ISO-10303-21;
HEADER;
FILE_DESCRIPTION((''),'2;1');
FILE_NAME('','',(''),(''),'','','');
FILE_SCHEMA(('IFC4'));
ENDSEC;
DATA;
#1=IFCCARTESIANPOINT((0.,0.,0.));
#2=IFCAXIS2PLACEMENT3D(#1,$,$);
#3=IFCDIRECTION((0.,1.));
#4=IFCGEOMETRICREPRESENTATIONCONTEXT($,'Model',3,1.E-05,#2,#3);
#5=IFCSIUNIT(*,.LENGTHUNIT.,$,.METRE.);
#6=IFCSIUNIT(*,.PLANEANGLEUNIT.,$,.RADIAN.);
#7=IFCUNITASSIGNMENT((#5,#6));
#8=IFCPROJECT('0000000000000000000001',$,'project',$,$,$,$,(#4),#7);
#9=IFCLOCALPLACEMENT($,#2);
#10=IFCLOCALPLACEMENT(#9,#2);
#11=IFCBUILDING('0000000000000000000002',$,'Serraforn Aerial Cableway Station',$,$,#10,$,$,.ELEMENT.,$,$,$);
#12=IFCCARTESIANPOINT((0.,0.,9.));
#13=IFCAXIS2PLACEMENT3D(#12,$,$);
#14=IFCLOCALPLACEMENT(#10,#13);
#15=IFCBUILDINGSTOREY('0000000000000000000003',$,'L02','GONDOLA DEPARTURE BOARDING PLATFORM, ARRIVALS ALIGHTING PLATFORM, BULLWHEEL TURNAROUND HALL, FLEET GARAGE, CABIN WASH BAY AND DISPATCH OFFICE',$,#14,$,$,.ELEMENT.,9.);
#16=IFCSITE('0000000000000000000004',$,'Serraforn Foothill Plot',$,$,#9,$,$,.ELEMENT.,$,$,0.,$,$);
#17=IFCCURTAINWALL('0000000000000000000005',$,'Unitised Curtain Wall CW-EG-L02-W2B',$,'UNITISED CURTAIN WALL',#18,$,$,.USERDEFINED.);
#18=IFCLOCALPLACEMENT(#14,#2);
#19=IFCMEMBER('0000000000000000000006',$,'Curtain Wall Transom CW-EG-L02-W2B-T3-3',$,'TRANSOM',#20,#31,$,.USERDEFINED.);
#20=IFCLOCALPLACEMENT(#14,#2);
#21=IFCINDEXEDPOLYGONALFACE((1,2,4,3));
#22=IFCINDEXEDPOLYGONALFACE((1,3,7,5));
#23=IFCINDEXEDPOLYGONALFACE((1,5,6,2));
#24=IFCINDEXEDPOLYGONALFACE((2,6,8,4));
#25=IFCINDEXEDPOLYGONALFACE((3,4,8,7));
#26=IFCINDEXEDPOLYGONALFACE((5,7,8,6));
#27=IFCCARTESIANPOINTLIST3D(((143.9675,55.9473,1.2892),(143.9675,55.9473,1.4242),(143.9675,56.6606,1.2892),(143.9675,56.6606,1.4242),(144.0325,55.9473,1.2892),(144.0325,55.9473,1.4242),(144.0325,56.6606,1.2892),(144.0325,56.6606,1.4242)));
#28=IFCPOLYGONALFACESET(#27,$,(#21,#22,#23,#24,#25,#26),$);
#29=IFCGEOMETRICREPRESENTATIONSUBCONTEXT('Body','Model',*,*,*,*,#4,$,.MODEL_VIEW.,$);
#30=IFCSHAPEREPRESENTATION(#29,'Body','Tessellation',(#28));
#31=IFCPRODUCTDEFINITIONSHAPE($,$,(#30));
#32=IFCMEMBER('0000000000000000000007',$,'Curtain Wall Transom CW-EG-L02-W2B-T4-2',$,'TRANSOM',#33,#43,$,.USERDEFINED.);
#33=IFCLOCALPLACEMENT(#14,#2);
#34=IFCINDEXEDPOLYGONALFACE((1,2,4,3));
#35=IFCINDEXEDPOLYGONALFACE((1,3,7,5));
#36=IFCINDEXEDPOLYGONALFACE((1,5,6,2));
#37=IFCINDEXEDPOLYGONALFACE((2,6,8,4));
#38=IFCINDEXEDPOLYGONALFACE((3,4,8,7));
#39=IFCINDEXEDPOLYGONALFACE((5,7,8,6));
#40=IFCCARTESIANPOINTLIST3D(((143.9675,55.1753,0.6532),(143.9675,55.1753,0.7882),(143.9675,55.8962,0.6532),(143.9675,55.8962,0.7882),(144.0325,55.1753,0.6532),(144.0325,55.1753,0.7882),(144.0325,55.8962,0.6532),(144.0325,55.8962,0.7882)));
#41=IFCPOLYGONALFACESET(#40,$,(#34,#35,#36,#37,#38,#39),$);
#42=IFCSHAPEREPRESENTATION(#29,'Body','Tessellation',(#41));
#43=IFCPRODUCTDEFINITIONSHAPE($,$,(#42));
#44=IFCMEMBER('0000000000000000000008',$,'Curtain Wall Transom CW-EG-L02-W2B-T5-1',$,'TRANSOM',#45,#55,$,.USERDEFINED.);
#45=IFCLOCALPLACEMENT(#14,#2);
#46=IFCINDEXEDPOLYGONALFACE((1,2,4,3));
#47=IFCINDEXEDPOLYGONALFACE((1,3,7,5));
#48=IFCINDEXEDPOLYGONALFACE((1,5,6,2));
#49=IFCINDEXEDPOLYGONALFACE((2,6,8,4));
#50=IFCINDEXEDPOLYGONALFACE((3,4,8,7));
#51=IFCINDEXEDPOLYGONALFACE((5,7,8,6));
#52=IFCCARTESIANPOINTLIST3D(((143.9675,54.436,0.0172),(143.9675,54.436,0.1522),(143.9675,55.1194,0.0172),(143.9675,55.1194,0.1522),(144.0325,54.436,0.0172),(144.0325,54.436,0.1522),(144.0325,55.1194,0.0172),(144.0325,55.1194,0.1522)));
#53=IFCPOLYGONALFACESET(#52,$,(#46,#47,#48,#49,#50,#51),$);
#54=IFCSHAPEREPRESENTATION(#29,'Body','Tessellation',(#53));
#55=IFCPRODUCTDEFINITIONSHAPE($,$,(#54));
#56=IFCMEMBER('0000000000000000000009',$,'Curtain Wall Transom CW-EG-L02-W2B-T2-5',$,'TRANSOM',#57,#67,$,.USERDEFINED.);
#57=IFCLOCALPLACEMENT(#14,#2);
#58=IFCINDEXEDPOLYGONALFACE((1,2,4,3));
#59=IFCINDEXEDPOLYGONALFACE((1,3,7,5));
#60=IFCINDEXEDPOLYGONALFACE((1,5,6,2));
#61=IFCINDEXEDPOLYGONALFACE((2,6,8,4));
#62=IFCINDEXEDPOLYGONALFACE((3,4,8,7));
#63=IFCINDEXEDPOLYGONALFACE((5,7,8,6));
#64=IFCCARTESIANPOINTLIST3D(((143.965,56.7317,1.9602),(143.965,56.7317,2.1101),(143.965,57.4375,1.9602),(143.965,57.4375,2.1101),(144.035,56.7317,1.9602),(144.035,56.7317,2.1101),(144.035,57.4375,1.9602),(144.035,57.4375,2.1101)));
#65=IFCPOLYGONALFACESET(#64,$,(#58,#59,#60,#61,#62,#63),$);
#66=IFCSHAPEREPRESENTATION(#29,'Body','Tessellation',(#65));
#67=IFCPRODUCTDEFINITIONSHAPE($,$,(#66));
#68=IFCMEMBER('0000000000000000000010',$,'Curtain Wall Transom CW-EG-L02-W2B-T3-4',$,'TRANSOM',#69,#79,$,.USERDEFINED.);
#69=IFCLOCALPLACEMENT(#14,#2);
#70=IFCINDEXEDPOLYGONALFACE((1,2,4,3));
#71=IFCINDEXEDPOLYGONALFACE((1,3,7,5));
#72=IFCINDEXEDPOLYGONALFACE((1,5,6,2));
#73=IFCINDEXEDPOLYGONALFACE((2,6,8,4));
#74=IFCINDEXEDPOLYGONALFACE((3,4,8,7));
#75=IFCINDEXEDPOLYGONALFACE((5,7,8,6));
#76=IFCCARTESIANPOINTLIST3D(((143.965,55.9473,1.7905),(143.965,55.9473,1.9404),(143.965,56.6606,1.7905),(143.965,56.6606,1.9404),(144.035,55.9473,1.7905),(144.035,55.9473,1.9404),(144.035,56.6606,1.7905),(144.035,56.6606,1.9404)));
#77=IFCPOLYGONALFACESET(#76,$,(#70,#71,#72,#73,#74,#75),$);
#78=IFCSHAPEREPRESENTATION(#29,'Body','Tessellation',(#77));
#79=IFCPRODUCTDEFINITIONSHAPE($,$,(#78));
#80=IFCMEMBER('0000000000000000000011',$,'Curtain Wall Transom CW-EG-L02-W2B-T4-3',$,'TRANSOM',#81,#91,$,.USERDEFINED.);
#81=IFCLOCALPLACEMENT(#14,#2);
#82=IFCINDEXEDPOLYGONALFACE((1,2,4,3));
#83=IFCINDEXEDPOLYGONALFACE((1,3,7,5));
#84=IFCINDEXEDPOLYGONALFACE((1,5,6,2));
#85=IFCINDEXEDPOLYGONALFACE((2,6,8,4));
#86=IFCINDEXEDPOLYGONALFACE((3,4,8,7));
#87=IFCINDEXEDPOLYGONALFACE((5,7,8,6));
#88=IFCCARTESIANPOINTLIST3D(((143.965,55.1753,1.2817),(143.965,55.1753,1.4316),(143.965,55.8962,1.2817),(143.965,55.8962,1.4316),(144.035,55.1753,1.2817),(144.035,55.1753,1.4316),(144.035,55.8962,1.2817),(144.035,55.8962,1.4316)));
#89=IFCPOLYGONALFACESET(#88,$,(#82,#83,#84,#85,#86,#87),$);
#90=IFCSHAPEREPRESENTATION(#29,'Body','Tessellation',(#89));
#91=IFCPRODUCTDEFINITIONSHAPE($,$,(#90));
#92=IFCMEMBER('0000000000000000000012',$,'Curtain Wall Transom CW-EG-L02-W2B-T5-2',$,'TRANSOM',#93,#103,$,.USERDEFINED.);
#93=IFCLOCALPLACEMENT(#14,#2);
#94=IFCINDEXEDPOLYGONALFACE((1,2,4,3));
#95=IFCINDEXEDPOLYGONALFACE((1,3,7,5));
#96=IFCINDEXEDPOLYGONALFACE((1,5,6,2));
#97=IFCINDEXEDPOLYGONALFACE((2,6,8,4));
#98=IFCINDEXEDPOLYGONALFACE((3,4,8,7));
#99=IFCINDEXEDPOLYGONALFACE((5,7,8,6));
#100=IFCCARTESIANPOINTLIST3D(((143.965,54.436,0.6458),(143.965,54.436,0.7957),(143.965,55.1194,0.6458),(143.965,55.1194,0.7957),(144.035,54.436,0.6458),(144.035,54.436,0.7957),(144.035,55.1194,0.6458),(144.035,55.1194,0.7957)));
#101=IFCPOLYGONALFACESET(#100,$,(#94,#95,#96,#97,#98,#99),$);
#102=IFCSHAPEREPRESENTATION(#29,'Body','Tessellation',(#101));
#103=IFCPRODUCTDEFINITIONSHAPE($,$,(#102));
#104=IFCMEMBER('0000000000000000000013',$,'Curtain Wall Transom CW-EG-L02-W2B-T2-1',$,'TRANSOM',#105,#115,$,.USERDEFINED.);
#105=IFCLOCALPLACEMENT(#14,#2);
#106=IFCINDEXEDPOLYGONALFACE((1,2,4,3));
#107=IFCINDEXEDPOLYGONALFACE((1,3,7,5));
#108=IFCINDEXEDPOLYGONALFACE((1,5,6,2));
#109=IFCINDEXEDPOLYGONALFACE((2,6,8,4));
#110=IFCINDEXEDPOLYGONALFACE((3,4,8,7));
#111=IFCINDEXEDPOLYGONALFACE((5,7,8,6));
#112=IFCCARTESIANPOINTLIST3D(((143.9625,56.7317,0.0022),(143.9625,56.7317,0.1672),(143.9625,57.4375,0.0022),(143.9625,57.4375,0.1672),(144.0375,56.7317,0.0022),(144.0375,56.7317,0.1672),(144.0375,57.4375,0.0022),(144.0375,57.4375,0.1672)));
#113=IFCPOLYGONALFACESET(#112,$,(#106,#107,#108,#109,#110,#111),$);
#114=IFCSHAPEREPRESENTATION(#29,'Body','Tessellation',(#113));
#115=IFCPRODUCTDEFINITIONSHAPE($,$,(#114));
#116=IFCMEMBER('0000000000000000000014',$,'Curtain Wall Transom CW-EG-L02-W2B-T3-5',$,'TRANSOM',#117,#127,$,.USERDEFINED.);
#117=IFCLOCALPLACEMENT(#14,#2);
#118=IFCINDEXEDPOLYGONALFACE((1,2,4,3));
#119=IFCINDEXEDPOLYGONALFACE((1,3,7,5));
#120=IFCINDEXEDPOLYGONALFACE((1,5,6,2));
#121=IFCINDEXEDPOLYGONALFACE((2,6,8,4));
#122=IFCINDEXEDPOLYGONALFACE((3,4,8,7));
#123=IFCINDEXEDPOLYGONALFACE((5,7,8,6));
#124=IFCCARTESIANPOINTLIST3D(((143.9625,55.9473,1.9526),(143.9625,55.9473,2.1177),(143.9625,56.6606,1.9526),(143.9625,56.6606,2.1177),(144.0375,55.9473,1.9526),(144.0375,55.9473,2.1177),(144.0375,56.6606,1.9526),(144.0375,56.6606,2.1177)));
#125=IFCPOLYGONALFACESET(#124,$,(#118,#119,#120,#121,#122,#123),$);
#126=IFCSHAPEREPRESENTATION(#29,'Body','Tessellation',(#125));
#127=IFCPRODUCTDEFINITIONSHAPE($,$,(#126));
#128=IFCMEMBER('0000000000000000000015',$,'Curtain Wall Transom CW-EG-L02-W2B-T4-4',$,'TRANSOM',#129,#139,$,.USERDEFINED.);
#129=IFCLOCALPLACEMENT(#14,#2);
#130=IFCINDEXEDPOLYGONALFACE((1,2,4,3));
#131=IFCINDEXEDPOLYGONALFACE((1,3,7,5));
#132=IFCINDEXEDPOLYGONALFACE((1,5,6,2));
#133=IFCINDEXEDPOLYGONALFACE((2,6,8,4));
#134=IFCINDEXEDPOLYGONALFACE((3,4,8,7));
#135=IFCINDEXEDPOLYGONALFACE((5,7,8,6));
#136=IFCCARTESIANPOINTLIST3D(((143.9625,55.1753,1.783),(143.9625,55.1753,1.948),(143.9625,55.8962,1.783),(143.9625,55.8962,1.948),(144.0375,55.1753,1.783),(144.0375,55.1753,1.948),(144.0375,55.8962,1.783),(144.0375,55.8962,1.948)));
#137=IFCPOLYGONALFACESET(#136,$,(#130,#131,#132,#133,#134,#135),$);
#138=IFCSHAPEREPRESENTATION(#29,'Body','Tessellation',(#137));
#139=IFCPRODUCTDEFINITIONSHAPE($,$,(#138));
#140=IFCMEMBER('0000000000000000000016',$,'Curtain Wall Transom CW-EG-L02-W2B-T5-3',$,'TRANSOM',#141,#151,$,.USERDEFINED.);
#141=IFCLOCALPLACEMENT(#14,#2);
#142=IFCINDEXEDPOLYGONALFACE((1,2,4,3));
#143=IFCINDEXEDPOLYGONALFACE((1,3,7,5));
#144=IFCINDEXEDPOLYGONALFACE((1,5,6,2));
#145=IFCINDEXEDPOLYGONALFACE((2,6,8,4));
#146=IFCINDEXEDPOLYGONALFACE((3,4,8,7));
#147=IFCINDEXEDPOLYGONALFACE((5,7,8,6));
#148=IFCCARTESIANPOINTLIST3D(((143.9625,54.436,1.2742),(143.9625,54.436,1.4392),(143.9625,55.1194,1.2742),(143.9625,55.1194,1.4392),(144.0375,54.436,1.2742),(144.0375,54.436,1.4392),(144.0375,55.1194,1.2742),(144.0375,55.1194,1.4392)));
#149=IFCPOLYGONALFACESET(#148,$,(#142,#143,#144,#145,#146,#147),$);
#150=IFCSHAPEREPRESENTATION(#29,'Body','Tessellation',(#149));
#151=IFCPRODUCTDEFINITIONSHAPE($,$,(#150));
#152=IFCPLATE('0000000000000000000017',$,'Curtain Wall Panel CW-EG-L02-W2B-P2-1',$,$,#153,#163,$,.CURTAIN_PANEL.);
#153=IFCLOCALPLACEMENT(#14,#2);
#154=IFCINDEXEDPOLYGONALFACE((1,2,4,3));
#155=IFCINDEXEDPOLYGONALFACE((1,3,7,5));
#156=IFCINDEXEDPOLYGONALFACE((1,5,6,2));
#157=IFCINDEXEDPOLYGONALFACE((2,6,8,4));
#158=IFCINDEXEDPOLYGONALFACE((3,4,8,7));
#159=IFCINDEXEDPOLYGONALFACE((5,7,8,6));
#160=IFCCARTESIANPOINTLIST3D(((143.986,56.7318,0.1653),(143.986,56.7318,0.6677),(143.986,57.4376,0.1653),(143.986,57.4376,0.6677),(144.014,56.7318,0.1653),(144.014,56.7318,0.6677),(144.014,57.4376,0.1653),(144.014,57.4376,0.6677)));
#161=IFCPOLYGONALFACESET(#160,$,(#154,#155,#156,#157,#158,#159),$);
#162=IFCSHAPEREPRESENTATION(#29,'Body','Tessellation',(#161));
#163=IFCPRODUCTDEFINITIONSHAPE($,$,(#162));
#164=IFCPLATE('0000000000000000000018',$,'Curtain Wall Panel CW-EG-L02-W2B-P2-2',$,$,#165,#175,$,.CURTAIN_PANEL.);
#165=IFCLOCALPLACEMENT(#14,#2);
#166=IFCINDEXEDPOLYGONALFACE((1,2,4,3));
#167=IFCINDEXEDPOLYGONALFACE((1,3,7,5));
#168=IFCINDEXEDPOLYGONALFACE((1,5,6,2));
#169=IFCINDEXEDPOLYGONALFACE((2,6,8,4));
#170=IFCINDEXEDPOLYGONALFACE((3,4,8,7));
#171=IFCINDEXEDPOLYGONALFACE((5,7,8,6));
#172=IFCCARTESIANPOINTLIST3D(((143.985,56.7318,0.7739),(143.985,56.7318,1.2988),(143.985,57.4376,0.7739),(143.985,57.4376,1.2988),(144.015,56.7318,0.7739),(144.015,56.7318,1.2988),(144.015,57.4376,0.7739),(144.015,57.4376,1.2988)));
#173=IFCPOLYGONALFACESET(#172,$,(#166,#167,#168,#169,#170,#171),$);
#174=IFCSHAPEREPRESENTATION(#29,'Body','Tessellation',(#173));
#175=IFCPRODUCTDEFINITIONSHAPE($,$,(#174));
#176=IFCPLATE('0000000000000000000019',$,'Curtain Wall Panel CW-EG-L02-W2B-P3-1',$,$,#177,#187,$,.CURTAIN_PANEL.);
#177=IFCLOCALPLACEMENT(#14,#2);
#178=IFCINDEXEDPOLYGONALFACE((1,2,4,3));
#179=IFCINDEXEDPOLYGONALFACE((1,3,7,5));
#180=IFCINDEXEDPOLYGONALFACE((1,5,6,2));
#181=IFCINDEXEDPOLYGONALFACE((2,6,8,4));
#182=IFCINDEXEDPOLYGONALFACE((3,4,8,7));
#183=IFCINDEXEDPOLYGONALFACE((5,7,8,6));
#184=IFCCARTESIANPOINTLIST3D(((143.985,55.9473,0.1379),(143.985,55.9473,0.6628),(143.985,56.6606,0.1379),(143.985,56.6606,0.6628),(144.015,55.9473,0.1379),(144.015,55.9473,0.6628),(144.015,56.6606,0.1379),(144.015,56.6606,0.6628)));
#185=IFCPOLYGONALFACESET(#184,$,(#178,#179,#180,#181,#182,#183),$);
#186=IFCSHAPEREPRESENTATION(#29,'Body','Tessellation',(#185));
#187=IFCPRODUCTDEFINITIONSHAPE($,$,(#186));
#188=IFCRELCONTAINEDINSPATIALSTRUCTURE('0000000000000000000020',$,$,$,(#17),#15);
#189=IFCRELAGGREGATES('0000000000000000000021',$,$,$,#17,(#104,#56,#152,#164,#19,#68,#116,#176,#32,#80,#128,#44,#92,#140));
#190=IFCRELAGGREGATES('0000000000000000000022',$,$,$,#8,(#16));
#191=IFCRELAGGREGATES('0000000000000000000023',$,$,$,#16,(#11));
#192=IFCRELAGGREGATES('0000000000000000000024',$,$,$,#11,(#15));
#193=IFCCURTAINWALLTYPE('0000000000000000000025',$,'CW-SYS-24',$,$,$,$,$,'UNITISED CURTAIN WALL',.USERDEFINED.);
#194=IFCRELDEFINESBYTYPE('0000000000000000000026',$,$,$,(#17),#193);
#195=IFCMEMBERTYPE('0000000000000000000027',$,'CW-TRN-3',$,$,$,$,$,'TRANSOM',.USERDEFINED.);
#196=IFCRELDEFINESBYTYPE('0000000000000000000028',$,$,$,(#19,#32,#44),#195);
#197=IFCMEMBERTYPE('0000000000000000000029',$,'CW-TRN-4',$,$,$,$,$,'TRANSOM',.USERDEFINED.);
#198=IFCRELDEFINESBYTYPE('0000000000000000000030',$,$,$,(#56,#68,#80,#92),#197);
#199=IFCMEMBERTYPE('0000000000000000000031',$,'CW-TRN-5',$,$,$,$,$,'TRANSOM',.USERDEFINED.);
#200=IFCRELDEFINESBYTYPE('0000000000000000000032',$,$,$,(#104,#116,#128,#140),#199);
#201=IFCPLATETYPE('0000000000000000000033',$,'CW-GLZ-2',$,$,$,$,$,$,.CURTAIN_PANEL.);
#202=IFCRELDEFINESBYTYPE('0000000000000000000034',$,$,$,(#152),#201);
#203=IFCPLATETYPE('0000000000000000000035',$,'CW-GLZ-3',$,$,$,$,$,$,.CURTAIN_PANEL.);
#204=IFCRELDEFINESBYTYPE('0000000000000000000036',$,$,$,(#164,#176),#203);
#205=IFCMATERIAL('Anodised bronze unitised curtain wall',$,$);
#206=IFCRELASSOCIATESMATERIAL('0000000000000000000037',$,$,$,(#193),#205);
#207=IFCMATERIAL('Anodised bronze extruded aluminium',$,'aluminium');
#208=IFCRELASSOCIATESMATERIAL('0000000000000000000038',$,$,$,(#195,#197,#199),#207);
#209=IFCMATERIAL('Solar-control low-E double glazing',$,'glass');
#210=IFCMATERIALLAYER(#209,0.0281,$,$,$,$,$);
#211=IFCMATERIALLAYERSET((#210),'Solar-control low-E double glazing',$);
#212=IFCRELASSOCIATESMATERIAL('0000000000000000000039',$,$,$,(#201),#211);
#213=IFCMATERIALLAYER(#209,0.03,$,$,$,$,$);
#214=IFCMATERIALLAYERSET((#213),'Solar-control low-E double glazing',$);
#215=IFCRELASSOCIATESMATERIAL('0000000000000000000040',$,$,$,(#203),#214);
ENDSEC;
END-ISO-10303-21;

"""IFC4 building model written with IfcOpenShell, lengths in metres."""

from ifc_helpers import new_model, si_unit, direction, frame, origin, origin_2d, place, context, subcontext, project, spatial, rectangle, extrude, material, layer, layer_set, material_profile, profile_set, type_object, element, aggregate, save


model = new_model("IFC4")

# Units and contexts
model_context = context("Model", 3, precision=1e-05, world=origin(), true_north=direction((0.0, 1.0)))
body_context = subcontext(model_context, "Body", "Model", "MODEL_VIEW")
ifc_project = project(units=[si_unit("LENGTHUNIT", "METRE"), si_unit("PLANEANGLEUNIT", "RADIAN")], contexts=[model_context])

# Site, building, storey
site_placement = place(None, origin())
site = spatial("IfcSite", under=ifc_project, at=site_placement, Name="Serraforn Foothill Plot", CompositionType="ELEMENT", RefElevation=0.0)
building_placement = place(site_placement, origin())
building = spatial("IfcBuilding", under=site, at=building_placement, Name="Serraforn Aerial Cableway Station", CompositionType="ELEMENT")
storey_placement = place(building_placement, frame((0.0, 0.0, 9.0)))
storey = spatial("IfcBuildingStorey", under=building, at=storey_placement, Name="L02", Description="GONDOLA DEPARTURE BOARDING PLATFORM, ARRIVALS ALIGHTING PLATFORM, BULLWHEEL TURNAROUND HALL, FLEET GARAGE, CABIN WASH BAY AND DISPATCH OFFICE", CompositionType="ELEMENT", Elevation=9.0)

# Curtain wall, members, plates
ifc_material_1 = material(Name="Anodised bronze unitised curtain wall")
curtain_wall_type = type_object("IfcCurtainWallType", Name="CW-SYS-24", ElementType="UNITISED CURTAIN WALL", PredefinedType="USERDEFINED", material=ifc_material_1)
curtain_wall_placement = place(storey_placement, origin())
curtain_wall = element("IfcCurtainWall", 1, at=curtain_wall_placement, inside=storey, type_object=curtain_wall_type, Name="Unitised Curtain Wall CW-EG-L02-W2B", ObjectType="UNITISED CURTAIN WALL", PredefinedType="USERDEFINED")
ifc_material_2 = material(Name="Anodised bronze extruded aluminium", Category="aluminium")
ifc_material_profile_1 = material_profile(ifc_material_2, rectangle(XDim=0.0649, YDim=0.135, at=origin_2d()), Name="CW TRANSOM 65x135")
ifc_profile_set_1 = profile_set([ifc_material_profile_1], Name="Anodised bronze extruded aluminium")
member_type_1 = type_object("IfcMemberType", Name="CW-TRN-3", ElementType="TRANSOM", PredefinedType="USERDEFINED", material=ifc_profile_set_1)
member_1_placement = place(storey_placement, frame((144.0, 56.6606, 1.3567), z_axis=(0.0, -1.0, 0.0), x_axis=(1.0, 0.0, 0.0)))
member_1 = element("IfcMember", 2, at=member_1_placement, type_object=member_type_1, Name="Curtain Wall Transom CW-EG-L02-W2B-T3-3", ObjectType="TRANSOM", PredefinedType="USERDEFINED", context=body_context, shape_type="SweptSolid", body=[
    extrude(rectangle(XDim=0.0649, YDim=0.135, at=origin_2d()), origin(), (0.0, 0.0, 1.0), 0.7134),
])
member_2_placement = place(storey_placement, frame((144.0, 55.8962, 0.7207), z_axis=(0.0, -1.0, 0.0), x_axis=(1.0, 0.0, 0.0)))
member_2 = element("IfcMember", 3, at=member_2_placement, type_object=member_type_1, Name="Curtain Wall Transom CW-EG-L02-W2B-T4-2", ObjectType="TRANSOM", PredefinedType="USERDEFINED", context=body_context, shape_type="SweptSolid", body=[
    extrude(rectangle(XDim=0.0649, YDim=0.135, at=origin_2d()), origin(), (0.0, 0.0, 1.0), 0.7209),
])
member_3_placement = place(storey_placement, frame((144.0, 55.1194, 0.0847), z_axis=(0.0, -1.0, 0.0), x_axis=(1.0, 0.0, 0.0)))
member_3 = element("IfcMember", 4, at=member_3_placement, type_object=member_type_1, Name="Curtain Wall Transom CW-EG-L02-W2B-T5-1", ObjectType="TRANSOM", PredefinedType="USERDEFINED", context=body_context, shape_type="SweptSolid", body=[
    extrude(rectangle(XDim=0.0649, YDim=0.135, at=origin_2d()), origin(), (0.0, 0.0, 1.0), 0.6833),
])
ifc_material_profile_2 = material_profile(ifc_material_2, rectangle(XDim=0.0701, YDim=0.1499, at=origin_2d()), Name="CW TRANSOM 70x150")
ifc_profile_set_2 = profile_set([ifc_material_profile_2], Name="Anodised bronze extruded aluminium")
member_type_2 = type_object("IfcMemberType", Name="CW-TRN-4", ElementType="TRANSOM", PredefinedType="USERDEFINED", material=ifc_profile_set_2)
member_4_placement = place(storey_placement, frame((144.0, 57.4375, 2.0352), z_axis=(0.0, -1.0, 0.0), x_axis=(1.0, 0.0, 0.0)))
member_4 = element("IfcMember", 5, at=member_4_placement, type_object=member_type_2, Name="Curtain Wall Transom CW-EG-L02-W2B-T2-5", ObjectType="TRANSOM", PredefinedType="USERDEFINED", context=body_context, shape_type="SweptSolid", body=[
    extrude(rectangle(XDim=0.0701, YDim=0.1499, at=origin_2d()), origin(), (0.0, 0.0, 1.0), 0.7058),
])
member_5_placement = place(storey_placement, frame((144.0, 56.6606, 1.8655), z_axis=(0.0, -1.0, 0.0), x_axis=(1.0, 0.0, 0.0)))
member_5 = element("IfcMember", 6, at=member_5_placement, type_object=member_type_2, Name="Curtain Wall Transom CW-EG-L02-W2B-T3-4", ObjectType="TRANSOM", PredefinedType="USERDEFINED", context=body_context, shape_type="SweptSolid", body=[
    extrude(rectangle(XDim=0.0701, YDim=0.1499, at=origin_2d()), origin(), (0.0, 0.0, 1.0), 0.7134),
])
member_6_placement = place(storey_placement, frame((144.0, 55.8962, 1.3567), z_axis=(0.0, -1.0, 0.0), x_axis=(1.0, 0.0, 0.0)))
member_6 = element("IfcMember", 7, at=member_6_placement, type_object=member_type_2, Name="Curtain Wall Transom CW-EG-L02-W2B-T4-3", ObjectType="TRANSOM", PredefinedType="USERDEFINED", context=body_context, shape_type="SweptSolid", body=[
    extrude(rectangle(XDim=0.0701, YDim=0.1499, at=origin_2d()), origin(), (0.0, 0.0, 1.0), 0.7209),
])
member_7_placement = place(storey_placement, frame((144.0, 55.1194, 0.7207), z_axis=(0.0, -1.0, 0.0), x_axis=(1.0, 0.0, 0.0)))
member_7 = element("IfcMember", 8, at=member_7_placement, type_object=member_type_2, Name="Curtain Wall Transom CW-EG-L02-W2B-T5-2", ObjectType="TRANSOM", PredefinedType="USERDEFINED", context=body_context, shape_type="SweptSolid", body=[
    extrude(rectangle(XDim=0.0701, YDim=0.1499, at=origin_2d()), origin(), (0.0, 0.0, 1.0), 0.6833),
])
ifc_material_profile_3 = material_profile(ifc_material_2, rectangle(XDim=0.075, YDim=0.165, at=origin_2d()), Name="CW TRANSOM 75x165")
ifc_profile_set_3 = profile_set([ifc_material_profile_3], Name="Anodised bronze extruded aluminium")
member_type_3 = type_object("IfcMemberType", Name="CW-TRN-5", ElementType="TRANSOM", PredefinedType="USERDEFINED", material=ifc_profile_set_3)
member_8_placement = place(storey_placement, frame((144.0, 57.4375, 0.0847), z_axis=(0.0, -1.0, 0.0), x_axis=(1.0, 0.0, 0.0)))
member_8 = element("IfcMember", 9, at=member_8_placement, type_object=member_type_3, Name="Curtain Wall Transom CW-EG-L02-W2B-T2-1", ObjectType="TRANSOM", PredefinedType="USERDEFINED", context=body_context, shape_type="SweptSolid", body=[
    extrude(rectangle(XDim=0.075, YDim=0.165, at=origin_2d()), origin(), (0.0, 0.0, 1.0), 0.7058),
])
member_9_placement = place(storey_placement, frame((144.0, 56.6606, 2.0352), z_axis=(0.0, -1.0, 0.0), x_axis=(1.0, 0.0, 0.0)))
member_9 = element("IfcMember", 10, at=member_9_placement, type_object=member_type_3, Name="Curtain Wall Transom CW-EG-L02-W2B-T3-5", ObjectType="TRANSOM", PredefinedType="USERDEFINED", context=body_context, shape_type="SweptSolid", body=[
    extrude(rectangle(XDim=0.075, YDim=0.165, at=origin_2d()), origin(), (0.0, 0.0, 1.0), 0.7134),
])
member_10_placement = place(storey_placement, frame((144.0, 55.8962, 1.8655), z_axis=(0.0, -1.0, 0.0), x_axis=(1.0, 0.0, 0.0)))
member_10 = element("IfcMember", 11, at=member_10_placement, type_object=member_type_3, Name="Curtain Wall Transom CW-EG-L02-W2B-T4-4", ObjectType="TRANSOM", PredefinedType="USERDEFINED", context=body_context, shape_type="SweptSolid", body=[
    extrude(rectangle(XDim=0.075, YDim=0.165, at=origin_2d()), origin(), (0.0, 0.0, 1.0), 0.7209),
])
member_11_placement = place(storey_placement, frame((144.0, 55.1194, 1.3567), z_axis=(0.0, -1.0, 0.0), x_axis=(1.0, 0.0, 0.0)))
member_11 = element("IfcMember", 12, at=member_11_placement, type_object=member_type_3, Name="Curtain Wall Transom CW-EG-L02-W2B-T5-3", ObjectType="TRANSOM", PredefinedType="USERDEFINED", context=body_context, shape_type="SweptSolid", body=[
    extrude(rectangle(XDim=0.075, YDim=0.165, at=origin_2d()), origin(), (0.0, 0.0, 1.0), 0.6833),
])
ifc_material_3 = material(Name="Solar-control low-E double glazing", Category="glass")
ifc_layer_1 = layer(ifc_material_3, 0.0281)
ifc_layer_set_1 = layer_set([ifc_layer_1], Name="Solar-control low-E double glazing")
plate_type_1 = type_object("IfcPlateType", Name="CW-GLZ-2", PredefinedType="CURTAIN_PANEL", material=ifc_layer_set_1)
plate_1_placement = place(storey_placement, frame((144.0, 57.0847, 0.1653), z_axis=(0.0, 0.0, 1.0), x_axis=(1.0, 0.0, 0.0)))
plate_1 = element("IfcPlate", 13, at=plate_1_placement, type_object=plate_type_1, Name="Curtain Wall Panel CW-EG-L02-W2B-P2-1", PredefinedType="CURTAIN_PANEL", context=body_context, shape_type="SweptSolid", body=[
    extrude(rectangle(XDim=0.0281, YDim=0.7058, at=origin_2d()), origin(), (0.0, 0.0, 1.0), 0.5024),
])
ifc_layer_2 = layer(ifc_material_3, 0.03)
ifc_layer_set_2 = layer_set([ifc_layer_2], Name="Solar-control low-E double glazing")
plate_type_2 = type_object("IfcPlateType", Name="CW-GLZ-3", PredefinedType="CURTAIN_PANEL", material=ifc_layer_set_2)
plate_2_placement = place(storey_placement, frame((144.0, 57.0847, 0.7739), z_axis=(0.0, 0.0, 1.0), x_axis=(1.0, 0.0, 0.0)))
plate_2 = element("IfcPlate", 14, at=plate_2_placement, type_object=plate_type_2, Name="Curtain Wall Panel CW-EG-L02-W2B-P2-2", PredefinedType="CURTAIN_PANEL", context=body_context, shape_type="SweptSolid", body=[
    extrude(rectangle(XDim=0.03, YDim=0.7058, at=origin_2d()), origin(), (0.0, 0.0, 1.0), 0.5249),
])
plate_3_placement = place(storey_placement, frame((144.0, 56.304, 0.1379), z_axis=(0.0, 0.0, 1.0), x_axis=(1.0, 0.0, 0.0)))
plate_3 = element("IfcPlate", 15, at=plate_3_placement, type_object=plate_type_2, Name="Curtain Wall Panel CW-EG-L02-W2B-P3-1", PredefinedType="CURTAIN_PANEL", context=body_context, shape_type="SweptSolid", body=[
    extrude(rectangle(XDim=0.03, YDim=0.7134, at=origin_2d()), origin(), (0.0, 0.0, 1.0), 0.5249),
])
aggregate(curtain_wall, [member_8, member_4, plate_1, plate_2, member_1, member_5, member_9, plate_3, member_2, member_6, member_10, member_3, member_7, member_11])

save(model, "model.ifc")
